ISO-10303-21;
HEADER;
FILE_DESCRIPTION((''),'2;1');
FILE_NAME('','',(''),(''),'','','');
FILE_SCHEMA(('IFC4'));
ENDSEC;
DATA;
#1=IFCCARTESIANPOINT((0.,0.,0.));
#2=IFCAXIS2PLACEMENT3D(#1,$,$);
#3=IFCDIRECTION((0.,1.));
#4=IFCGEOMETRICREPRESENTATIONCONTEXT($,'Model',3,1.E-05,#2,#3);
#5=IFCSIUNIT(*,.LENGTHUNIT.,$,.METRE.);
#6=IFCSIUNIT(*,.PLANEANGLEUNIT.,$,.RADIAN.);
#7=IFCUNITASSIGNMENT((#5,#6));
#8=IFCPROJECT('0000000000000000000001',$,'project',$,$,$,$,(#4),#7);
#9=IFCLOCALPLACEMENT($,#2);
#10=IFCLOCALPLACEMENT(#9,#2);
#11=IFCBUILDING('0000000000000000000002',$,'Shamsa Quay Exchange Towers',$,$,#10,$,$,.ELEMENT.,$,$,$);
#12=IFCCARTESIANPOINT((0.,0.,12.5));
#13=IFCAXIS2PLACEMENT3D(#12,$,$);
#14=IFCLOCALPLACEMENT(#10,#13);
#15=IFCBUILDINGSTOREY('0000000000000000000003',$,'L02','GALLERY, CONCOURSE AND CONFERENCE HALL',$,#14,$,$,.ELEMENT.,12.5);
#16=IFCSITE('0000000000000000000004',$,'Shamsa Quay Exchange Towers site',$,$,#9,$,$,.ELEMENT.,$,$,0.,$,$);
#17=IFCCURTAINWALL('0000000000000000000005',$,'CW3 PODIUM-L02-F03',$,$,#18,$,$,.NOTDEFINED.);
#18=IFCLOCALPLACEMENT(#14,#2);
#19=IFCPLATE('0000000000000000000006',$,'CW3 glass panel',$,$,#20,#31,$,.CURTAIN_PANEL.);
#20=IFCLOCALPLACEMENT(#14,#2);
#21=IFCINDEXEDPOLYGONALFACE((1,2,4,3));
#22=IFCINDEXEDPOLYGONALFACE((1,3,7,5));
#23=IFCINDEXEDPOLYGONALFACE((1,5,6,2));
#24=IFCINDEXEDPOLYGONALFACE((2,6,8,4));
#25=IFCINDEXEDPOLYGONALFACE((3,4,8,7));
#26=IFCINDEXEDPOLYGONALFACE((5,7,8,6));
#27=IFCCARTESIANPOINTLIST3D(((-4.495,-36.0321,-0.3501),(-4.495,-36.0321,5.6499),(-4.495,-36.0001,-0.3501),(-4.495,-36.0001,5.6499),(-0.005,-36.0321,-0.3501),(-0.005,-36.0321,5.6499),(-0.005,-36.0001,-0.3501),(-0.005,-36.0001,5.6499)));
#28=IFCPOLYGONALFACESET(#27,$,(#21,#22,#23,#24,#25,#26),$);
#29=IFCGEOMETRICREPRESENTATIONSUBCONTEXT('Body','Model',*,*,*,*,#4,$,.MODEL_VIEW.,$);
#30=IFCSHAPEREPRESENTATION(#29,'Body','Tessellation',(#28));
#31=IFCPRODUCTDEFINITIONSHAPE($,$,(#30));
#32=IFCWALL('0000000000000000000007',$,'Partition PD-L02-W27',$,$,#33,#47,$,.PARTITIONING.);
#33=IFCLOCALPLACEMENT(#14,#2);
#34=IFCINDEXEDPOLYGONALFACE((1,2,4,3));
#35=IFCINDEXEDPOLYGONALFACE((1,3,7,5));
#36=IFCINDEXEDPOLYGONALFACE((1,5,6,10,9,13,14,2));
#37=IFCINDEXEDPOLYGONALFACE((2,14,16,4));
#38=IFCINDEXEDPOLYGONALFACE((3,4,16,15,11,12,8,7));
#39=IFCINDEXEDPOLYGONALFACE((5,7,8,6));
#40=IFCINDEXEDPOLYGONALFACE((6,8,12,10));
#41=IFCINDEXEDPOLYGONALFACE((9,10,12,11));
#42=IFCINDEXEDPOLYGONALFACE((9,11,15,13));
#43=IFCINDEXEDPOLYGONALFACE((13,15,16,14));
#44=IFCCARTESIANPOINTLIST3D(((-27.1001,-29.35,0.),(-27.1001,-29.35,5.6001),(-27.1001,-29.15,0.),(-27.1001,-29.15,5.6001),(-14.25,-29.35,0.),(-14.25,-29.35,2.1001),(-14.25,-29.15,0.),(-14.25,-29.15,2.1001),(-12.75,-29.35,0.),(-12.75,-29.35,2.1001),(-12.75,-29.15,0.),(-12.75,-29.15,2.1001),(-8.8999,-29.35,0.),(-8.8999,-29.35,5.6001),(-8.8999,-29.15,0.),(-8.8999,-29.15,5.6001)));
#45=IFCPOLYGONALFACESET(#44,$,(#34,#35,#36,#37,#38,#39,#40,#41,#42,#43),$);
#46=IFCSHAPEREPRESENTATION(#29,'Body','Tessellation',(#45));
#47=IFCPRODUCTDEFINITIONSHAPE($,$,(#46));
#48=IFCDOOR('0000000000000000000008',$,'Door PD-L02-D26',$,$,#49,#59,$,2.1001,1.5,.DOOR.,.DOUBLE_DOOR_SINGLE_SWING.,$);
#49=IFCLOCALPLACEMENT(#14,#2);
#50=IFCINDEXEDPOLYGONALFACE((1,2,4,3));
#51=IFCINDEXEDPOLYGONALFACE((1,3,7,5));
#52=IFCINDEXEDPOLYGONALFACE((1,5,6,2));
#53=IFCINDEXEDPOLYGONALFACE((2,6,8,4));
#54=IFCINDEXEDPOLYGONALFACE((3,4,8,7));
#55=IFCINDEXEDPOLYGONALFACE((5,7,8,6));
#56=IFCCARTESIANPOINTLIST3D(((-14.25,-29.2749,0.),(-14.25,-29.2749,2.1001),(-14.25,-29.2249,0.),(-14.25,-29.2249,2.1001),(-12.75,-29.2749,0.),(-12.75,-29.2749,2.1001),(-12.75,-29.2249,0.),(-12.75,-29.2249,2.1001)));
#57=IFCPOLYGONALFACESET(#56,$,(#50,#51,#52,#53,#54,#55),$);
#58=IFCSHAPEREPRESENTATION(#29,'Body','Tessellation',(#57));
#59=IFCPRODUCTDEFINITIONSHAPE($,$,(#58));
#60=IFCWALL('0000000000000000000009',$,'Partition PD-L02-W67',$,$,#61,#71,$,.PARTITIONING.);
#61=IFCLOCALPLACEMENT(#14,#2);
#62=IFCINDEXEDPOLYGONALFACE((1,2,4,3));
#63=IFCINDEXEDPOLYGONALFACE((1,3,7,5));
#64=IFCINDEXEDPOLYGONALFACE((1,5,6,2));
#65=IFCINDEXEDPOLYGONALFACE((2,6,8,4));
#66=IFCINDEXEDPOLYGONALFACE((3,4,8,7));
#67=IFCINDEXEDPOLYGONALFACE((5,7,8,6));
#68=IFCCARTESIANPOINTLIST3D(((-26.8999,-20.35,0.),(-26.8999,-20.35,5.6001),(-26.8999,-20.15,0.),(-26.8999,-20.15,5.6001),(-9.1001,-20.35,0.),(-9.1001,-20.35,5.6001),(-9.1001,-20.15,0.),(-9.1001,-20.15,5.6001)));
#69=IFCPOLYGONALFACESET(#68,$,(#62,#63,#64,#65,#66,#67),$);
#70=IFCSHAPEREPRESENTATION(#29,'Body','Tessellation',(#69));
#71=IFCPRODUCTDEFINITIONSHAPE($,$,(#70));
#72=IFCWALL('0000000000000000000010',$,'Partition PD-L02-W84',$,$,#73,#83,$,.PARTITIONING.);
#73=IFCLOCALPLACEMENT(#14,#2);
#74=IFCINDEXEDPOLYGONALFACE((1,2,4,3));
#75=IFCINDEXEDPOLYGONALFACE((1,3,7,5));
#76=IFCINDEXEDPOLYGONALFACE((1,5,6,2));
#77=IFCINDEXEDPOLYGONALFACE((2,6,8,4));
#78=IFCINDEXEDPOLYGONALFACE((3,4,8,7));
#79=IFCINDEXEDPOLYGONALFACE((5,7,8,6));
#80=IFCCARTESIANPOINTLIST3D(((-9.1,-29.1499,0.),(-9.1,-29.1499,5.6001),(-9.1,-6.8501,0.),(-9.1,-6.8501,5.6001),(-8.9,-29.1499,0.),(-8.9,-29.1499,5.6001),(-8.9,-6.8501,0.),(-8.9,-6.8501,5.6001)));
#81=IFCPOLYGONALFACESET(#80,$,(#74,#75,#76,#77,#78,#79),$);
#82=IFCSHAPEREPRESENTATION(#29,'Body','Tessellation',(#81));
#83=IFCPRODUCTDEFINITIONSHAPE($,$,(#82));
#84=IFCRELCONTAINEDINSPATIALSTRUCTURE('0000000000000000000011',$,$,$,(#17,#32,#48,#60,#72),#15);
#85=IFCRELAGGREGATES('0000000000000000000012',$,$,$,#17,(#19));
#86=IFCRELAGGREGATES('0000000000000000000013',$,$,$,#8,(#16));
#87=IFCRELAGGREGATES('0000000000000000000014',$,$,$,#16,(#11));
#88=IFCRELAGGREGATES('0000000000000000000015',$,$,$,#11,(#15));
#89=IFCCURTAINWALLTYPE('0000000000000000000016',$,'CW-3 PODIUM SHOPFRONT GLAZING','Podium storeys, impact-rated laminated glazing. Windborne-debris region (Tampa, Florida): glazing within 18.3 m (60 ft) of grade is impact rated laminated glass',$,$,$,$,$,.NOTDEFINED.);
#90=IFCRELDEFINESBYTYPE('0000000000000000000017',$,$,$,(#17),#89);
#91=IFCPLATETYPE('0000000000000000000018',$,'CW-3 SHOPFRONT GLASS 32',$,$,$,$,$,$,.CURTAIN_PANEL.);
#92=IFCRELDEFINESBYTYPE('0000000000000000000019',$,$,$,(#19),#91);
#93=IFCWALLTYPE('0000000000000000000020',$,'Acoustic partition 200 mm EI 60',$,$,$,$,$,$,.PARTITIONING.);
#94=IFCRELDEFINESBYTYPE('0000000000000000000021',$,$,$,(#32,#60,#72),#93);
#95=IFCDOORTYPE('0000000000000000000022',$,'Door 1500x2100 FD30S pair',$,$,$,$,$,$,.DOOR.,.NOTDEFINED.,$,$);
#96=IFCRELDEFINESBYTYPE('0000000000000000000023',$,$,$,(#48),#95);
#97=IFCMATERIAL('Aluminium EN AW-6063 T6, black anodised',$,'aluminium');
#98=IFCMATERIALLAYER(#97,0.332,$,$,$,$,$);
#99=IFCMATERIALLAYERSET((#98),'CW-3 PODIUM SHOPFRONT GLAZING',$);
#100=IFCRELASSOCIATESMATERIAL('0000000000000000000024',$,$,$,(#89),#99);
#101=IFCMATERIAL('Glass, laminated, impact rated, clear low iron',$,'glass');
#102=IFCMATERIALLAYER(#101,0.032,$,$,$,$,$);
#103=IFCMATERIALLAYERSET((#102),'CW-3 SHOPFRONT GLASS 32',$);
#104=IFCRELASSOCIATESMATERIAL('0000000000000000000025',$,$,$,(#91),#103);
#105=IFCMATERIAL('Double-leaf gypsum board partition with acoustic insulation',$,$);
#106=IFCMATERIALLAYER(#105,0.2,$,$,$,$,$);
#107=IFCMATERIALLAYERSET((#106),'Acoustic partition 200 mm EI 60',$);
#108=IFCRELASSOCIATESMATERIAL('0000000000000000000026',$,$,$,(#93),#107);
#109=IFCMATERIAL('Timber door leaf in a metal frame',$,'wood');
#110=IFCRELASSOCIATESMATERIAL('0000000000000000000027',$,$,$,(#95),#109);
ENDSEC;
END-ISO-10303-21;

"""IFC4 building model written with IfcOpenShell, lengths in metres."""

from ifc_helpers import new_model, si_unit, direction, frame, frame_2d, origin, origin_2d, place, context, subcontext, project, spatial, rectangle, extrude, material, layer, layer_set, type_object, element, fill, aggregate, save


model = new_model("IFC4")

# Units and contexts
model_context = context("Model", 3, precision=1e-05, world=origin(), true_north=direction((0.0, 1.0)))
body_context = subcontext(model_context, "Body", "Model", "MODEL_VIEW")
ifc_project = project(units=[si_unit("LENGTHUNIT", "METRE"), si_unit("PLANEANGLEUNIT", "RADIAN")], contexts=[model_context])

# Site, building, storey
site_placement = place(None, origin())
site = spatial("IfcSite", under=ifc_project, at=site_placement, Name="Shamsa Quay Exchange Towers site", CompositionType="ELEMENT", RefElevation=0.0)
building_placement = place(site_placement, origin())
building = spatial("IfcBuilding", under=site, at=building_placement, Name="Shamsa Quay Exchange Towers", CompositionType="ELEMENT")
storey_placement = place(building_placement, frame((0.0, 0.0, 12.5)))
storey = spatial("IfcBuildingStorey", under=building, at=storey_placement, Name="L02", Description="GALLERY, CONCOURSE AND CONFERENCE HALL", CompositionType="ELEMENT", Elevation=12.5)

# Curtain wall, plate
ifc_material_1 = material(Name="Aluminium EN AW-6063 T6, black anodised", Category="aluminium")
ifc_layer_1 = layer(ifc_material_1, 0.332)
ifc_layer_set_1 = layer_set([ifc_layer_1], Name="CW-3 PODIUM SHOPFRONT GLAZING")
curtain_wall_type = type_object("IfcCurtainWallType", Name="CW-3 PODIUM SHOPFRONT GLAZING", Description="Podium storeys, impact-rated laminated glazing. Windborne-debris region (Tampa, Florida): glazing within 18.3 m (60 ft) of grade is impact rated laminated glass", PredefinedType="NOTDEFINED", material=ifc_layer_set_1)
curtain_wall_placement = place(storey_placement, origin())
curtain_wall = element("IfcCurtainWall", 1, at=curtain_wall_placement, inside=storey, type_object=curtain_wall_type, Name="CW3 PODIUM-L02-F03", PredefinedType="NOTDEFINED")
ifc_material_2 = material(Name="Glass, laminated, impact rated, clear low iron", Category="glass")
ifc_layer_2 = layer(ifc_material_2, 0.032)
ifc_layer_set_2 = layer_set([ifc_layer_2], Name="CW-3 SHOPFRONT GLASS 32")
plate_type = type_object("IfcPlateType", Name="CW-3 SHOPFRONT GLASS 32", PredefinedType="CURTAIN_PANEL", material=ifc_layer_set_2)
plate_1_placement = place(storey_placement, frame((-2.25, -36.0161, -0.3501)))
plate_1 = element("IfcPlate", 2, at=plate_1_placement, type_object=plate_type, Name="CW3 glass panel", PredefinedType="CURTAIN_PANEL", context=body_context, shape_type="SweptSolid", body=[
    extrude(rectangle(XDim=4.49, YDim=0.032, at=origin_2d()), origin(), (0.0, 0.0, 1.0), 6.0),
])
aggregate(curtain_wall, [plate_1])

# Wall, opening, door
ifc_material_3 = material(Name="Double-leaf gypsum board partition with acoustic insulation")
ifc_layer_3 = layer(ifc_material_3, 0.2)
ifc_layer_set_3 = layer_set([ifc_layer_3], Name="Acoustic partition 200 mm EI 60")
wall_type = type_object("IfcWallType", Name="Acoustic partition 200 mm EI 60", PredefinedType="PARTITIONING", material=ifc_layer_set_3)
wall_1_placement = place(storey_placement, frame((-8.8999, -29.25, 0.0), z_axis=(0.0, 0.0, 1.0), x_axis=(-1.0, 0.0, 0.0)))
wall_1 = element("IfcWall", 3, at=wall_1_placement, inside=storey, type_object=wall_type, Name="Partition PD-L02-W27", PredefinedType="PARTITIONING", context=body_context, shape_type="SweptSolid", body=[
    extrude(rectangle(XDim=18.2002, YDim=0.2, at=frame_2d((9.1001, 0.0))), origin(), (0.0, 0.0, 1.0), 5.6001),
])
opening_placement = place(wall_1_placement, frame((3.8501, 0.0, 0.0)))
opening = element("IfcOpeningElement", 4, at=opening_placement, cuts=wall_1, PredefinedType="OPENING", context=body_context, shape_type="SweptSolid", body=[
    extrude(rectangle(XDim=1.5, YDim=2.1001, at=frame_2d((0.75, 1.05))), frame((0.0, 0.1099, 0.0), z_axis=(0.0, -1.0, 0.0), x_axis=(1.0, 0.0, 0.0)), (0.0, 0.0, 1.0), 0.22),
])
ifc_material_4 = material(Name="Timber door leaf in a metal frame", Category="wood")
door_type = type_object("IfcDoorType", Name="Door 1500x2100 FD30S pair", OperationType="NOTDEFINED", PredefinedType="DOOR", material=ifc_material_4)
door_placement = place(opening_placement, origin())
door = element("IfcDoor", 5, at=door_placement, inside=storey, type_object=door_type, Name="Door PD-L02-D26", OperationType="DOUBLE_DOOR_SINGLE_SWING", OverallHeight=2.1001, OverallWidth=1.5, PredefinedType="DOOR", context=body_context, shape_type="SweptSolid", body=[
    extrude(rectangle(XDim=1.5, YDim=2.1001, at=frame_2d((0.75, 1.05))), frame((0.0, 0.0249, 0.0), z_axis=(0.0, -1.0, 0.0), x_axis=(1.0, 0.0, 0.0)), (0.0, 0.0, 1.0), 0.05),
])
fill(opening, door)

# Walls
wall_2_placement = place(storey_placement, frame((-9.1001, -20.25, 0.0), z_axis=(0.0, 0.0, 1.0), x_axis=(-1.0, 0.0, 0.0)))
element("IfcWall", 6, at=wall_2_placement, inside=storey, type_object=wall_type, Name="Partition PD-L02-W67", PredefinedType="PARTITIONING", context=body_context, shape_type="SweptSolid", body=[
    extrude(rectangle(XDim=17.7998, YDim=0.2, at=frame_2d((8.8999, 0.0))), origin(), (0.0, 0.0, 1.0), 5.6001),
])
wall_3_placement = place(storey_placement, frame((-9.0, -29.1499, 0.0), z_axis=(0.0, 0.0, 1.0), x_axis=(0.0, 1.0, 0.0)))
element("IfcWall", 7, at=wall_3_placement, inside=storey, type_object=wall_type, Name="Partition PD-L02-W84", PredefinedType="PARTITIONING", context=body_context, shape_type="SweptSolid", body=[
    extrude(rectangle(XDim=22.2998, YDim=0.2, at=frame_2d((11.1499, 0.0))), origin(), (0.0, 0.0, 1.0), 5.6001),
])

save(model, "model.ifc")
